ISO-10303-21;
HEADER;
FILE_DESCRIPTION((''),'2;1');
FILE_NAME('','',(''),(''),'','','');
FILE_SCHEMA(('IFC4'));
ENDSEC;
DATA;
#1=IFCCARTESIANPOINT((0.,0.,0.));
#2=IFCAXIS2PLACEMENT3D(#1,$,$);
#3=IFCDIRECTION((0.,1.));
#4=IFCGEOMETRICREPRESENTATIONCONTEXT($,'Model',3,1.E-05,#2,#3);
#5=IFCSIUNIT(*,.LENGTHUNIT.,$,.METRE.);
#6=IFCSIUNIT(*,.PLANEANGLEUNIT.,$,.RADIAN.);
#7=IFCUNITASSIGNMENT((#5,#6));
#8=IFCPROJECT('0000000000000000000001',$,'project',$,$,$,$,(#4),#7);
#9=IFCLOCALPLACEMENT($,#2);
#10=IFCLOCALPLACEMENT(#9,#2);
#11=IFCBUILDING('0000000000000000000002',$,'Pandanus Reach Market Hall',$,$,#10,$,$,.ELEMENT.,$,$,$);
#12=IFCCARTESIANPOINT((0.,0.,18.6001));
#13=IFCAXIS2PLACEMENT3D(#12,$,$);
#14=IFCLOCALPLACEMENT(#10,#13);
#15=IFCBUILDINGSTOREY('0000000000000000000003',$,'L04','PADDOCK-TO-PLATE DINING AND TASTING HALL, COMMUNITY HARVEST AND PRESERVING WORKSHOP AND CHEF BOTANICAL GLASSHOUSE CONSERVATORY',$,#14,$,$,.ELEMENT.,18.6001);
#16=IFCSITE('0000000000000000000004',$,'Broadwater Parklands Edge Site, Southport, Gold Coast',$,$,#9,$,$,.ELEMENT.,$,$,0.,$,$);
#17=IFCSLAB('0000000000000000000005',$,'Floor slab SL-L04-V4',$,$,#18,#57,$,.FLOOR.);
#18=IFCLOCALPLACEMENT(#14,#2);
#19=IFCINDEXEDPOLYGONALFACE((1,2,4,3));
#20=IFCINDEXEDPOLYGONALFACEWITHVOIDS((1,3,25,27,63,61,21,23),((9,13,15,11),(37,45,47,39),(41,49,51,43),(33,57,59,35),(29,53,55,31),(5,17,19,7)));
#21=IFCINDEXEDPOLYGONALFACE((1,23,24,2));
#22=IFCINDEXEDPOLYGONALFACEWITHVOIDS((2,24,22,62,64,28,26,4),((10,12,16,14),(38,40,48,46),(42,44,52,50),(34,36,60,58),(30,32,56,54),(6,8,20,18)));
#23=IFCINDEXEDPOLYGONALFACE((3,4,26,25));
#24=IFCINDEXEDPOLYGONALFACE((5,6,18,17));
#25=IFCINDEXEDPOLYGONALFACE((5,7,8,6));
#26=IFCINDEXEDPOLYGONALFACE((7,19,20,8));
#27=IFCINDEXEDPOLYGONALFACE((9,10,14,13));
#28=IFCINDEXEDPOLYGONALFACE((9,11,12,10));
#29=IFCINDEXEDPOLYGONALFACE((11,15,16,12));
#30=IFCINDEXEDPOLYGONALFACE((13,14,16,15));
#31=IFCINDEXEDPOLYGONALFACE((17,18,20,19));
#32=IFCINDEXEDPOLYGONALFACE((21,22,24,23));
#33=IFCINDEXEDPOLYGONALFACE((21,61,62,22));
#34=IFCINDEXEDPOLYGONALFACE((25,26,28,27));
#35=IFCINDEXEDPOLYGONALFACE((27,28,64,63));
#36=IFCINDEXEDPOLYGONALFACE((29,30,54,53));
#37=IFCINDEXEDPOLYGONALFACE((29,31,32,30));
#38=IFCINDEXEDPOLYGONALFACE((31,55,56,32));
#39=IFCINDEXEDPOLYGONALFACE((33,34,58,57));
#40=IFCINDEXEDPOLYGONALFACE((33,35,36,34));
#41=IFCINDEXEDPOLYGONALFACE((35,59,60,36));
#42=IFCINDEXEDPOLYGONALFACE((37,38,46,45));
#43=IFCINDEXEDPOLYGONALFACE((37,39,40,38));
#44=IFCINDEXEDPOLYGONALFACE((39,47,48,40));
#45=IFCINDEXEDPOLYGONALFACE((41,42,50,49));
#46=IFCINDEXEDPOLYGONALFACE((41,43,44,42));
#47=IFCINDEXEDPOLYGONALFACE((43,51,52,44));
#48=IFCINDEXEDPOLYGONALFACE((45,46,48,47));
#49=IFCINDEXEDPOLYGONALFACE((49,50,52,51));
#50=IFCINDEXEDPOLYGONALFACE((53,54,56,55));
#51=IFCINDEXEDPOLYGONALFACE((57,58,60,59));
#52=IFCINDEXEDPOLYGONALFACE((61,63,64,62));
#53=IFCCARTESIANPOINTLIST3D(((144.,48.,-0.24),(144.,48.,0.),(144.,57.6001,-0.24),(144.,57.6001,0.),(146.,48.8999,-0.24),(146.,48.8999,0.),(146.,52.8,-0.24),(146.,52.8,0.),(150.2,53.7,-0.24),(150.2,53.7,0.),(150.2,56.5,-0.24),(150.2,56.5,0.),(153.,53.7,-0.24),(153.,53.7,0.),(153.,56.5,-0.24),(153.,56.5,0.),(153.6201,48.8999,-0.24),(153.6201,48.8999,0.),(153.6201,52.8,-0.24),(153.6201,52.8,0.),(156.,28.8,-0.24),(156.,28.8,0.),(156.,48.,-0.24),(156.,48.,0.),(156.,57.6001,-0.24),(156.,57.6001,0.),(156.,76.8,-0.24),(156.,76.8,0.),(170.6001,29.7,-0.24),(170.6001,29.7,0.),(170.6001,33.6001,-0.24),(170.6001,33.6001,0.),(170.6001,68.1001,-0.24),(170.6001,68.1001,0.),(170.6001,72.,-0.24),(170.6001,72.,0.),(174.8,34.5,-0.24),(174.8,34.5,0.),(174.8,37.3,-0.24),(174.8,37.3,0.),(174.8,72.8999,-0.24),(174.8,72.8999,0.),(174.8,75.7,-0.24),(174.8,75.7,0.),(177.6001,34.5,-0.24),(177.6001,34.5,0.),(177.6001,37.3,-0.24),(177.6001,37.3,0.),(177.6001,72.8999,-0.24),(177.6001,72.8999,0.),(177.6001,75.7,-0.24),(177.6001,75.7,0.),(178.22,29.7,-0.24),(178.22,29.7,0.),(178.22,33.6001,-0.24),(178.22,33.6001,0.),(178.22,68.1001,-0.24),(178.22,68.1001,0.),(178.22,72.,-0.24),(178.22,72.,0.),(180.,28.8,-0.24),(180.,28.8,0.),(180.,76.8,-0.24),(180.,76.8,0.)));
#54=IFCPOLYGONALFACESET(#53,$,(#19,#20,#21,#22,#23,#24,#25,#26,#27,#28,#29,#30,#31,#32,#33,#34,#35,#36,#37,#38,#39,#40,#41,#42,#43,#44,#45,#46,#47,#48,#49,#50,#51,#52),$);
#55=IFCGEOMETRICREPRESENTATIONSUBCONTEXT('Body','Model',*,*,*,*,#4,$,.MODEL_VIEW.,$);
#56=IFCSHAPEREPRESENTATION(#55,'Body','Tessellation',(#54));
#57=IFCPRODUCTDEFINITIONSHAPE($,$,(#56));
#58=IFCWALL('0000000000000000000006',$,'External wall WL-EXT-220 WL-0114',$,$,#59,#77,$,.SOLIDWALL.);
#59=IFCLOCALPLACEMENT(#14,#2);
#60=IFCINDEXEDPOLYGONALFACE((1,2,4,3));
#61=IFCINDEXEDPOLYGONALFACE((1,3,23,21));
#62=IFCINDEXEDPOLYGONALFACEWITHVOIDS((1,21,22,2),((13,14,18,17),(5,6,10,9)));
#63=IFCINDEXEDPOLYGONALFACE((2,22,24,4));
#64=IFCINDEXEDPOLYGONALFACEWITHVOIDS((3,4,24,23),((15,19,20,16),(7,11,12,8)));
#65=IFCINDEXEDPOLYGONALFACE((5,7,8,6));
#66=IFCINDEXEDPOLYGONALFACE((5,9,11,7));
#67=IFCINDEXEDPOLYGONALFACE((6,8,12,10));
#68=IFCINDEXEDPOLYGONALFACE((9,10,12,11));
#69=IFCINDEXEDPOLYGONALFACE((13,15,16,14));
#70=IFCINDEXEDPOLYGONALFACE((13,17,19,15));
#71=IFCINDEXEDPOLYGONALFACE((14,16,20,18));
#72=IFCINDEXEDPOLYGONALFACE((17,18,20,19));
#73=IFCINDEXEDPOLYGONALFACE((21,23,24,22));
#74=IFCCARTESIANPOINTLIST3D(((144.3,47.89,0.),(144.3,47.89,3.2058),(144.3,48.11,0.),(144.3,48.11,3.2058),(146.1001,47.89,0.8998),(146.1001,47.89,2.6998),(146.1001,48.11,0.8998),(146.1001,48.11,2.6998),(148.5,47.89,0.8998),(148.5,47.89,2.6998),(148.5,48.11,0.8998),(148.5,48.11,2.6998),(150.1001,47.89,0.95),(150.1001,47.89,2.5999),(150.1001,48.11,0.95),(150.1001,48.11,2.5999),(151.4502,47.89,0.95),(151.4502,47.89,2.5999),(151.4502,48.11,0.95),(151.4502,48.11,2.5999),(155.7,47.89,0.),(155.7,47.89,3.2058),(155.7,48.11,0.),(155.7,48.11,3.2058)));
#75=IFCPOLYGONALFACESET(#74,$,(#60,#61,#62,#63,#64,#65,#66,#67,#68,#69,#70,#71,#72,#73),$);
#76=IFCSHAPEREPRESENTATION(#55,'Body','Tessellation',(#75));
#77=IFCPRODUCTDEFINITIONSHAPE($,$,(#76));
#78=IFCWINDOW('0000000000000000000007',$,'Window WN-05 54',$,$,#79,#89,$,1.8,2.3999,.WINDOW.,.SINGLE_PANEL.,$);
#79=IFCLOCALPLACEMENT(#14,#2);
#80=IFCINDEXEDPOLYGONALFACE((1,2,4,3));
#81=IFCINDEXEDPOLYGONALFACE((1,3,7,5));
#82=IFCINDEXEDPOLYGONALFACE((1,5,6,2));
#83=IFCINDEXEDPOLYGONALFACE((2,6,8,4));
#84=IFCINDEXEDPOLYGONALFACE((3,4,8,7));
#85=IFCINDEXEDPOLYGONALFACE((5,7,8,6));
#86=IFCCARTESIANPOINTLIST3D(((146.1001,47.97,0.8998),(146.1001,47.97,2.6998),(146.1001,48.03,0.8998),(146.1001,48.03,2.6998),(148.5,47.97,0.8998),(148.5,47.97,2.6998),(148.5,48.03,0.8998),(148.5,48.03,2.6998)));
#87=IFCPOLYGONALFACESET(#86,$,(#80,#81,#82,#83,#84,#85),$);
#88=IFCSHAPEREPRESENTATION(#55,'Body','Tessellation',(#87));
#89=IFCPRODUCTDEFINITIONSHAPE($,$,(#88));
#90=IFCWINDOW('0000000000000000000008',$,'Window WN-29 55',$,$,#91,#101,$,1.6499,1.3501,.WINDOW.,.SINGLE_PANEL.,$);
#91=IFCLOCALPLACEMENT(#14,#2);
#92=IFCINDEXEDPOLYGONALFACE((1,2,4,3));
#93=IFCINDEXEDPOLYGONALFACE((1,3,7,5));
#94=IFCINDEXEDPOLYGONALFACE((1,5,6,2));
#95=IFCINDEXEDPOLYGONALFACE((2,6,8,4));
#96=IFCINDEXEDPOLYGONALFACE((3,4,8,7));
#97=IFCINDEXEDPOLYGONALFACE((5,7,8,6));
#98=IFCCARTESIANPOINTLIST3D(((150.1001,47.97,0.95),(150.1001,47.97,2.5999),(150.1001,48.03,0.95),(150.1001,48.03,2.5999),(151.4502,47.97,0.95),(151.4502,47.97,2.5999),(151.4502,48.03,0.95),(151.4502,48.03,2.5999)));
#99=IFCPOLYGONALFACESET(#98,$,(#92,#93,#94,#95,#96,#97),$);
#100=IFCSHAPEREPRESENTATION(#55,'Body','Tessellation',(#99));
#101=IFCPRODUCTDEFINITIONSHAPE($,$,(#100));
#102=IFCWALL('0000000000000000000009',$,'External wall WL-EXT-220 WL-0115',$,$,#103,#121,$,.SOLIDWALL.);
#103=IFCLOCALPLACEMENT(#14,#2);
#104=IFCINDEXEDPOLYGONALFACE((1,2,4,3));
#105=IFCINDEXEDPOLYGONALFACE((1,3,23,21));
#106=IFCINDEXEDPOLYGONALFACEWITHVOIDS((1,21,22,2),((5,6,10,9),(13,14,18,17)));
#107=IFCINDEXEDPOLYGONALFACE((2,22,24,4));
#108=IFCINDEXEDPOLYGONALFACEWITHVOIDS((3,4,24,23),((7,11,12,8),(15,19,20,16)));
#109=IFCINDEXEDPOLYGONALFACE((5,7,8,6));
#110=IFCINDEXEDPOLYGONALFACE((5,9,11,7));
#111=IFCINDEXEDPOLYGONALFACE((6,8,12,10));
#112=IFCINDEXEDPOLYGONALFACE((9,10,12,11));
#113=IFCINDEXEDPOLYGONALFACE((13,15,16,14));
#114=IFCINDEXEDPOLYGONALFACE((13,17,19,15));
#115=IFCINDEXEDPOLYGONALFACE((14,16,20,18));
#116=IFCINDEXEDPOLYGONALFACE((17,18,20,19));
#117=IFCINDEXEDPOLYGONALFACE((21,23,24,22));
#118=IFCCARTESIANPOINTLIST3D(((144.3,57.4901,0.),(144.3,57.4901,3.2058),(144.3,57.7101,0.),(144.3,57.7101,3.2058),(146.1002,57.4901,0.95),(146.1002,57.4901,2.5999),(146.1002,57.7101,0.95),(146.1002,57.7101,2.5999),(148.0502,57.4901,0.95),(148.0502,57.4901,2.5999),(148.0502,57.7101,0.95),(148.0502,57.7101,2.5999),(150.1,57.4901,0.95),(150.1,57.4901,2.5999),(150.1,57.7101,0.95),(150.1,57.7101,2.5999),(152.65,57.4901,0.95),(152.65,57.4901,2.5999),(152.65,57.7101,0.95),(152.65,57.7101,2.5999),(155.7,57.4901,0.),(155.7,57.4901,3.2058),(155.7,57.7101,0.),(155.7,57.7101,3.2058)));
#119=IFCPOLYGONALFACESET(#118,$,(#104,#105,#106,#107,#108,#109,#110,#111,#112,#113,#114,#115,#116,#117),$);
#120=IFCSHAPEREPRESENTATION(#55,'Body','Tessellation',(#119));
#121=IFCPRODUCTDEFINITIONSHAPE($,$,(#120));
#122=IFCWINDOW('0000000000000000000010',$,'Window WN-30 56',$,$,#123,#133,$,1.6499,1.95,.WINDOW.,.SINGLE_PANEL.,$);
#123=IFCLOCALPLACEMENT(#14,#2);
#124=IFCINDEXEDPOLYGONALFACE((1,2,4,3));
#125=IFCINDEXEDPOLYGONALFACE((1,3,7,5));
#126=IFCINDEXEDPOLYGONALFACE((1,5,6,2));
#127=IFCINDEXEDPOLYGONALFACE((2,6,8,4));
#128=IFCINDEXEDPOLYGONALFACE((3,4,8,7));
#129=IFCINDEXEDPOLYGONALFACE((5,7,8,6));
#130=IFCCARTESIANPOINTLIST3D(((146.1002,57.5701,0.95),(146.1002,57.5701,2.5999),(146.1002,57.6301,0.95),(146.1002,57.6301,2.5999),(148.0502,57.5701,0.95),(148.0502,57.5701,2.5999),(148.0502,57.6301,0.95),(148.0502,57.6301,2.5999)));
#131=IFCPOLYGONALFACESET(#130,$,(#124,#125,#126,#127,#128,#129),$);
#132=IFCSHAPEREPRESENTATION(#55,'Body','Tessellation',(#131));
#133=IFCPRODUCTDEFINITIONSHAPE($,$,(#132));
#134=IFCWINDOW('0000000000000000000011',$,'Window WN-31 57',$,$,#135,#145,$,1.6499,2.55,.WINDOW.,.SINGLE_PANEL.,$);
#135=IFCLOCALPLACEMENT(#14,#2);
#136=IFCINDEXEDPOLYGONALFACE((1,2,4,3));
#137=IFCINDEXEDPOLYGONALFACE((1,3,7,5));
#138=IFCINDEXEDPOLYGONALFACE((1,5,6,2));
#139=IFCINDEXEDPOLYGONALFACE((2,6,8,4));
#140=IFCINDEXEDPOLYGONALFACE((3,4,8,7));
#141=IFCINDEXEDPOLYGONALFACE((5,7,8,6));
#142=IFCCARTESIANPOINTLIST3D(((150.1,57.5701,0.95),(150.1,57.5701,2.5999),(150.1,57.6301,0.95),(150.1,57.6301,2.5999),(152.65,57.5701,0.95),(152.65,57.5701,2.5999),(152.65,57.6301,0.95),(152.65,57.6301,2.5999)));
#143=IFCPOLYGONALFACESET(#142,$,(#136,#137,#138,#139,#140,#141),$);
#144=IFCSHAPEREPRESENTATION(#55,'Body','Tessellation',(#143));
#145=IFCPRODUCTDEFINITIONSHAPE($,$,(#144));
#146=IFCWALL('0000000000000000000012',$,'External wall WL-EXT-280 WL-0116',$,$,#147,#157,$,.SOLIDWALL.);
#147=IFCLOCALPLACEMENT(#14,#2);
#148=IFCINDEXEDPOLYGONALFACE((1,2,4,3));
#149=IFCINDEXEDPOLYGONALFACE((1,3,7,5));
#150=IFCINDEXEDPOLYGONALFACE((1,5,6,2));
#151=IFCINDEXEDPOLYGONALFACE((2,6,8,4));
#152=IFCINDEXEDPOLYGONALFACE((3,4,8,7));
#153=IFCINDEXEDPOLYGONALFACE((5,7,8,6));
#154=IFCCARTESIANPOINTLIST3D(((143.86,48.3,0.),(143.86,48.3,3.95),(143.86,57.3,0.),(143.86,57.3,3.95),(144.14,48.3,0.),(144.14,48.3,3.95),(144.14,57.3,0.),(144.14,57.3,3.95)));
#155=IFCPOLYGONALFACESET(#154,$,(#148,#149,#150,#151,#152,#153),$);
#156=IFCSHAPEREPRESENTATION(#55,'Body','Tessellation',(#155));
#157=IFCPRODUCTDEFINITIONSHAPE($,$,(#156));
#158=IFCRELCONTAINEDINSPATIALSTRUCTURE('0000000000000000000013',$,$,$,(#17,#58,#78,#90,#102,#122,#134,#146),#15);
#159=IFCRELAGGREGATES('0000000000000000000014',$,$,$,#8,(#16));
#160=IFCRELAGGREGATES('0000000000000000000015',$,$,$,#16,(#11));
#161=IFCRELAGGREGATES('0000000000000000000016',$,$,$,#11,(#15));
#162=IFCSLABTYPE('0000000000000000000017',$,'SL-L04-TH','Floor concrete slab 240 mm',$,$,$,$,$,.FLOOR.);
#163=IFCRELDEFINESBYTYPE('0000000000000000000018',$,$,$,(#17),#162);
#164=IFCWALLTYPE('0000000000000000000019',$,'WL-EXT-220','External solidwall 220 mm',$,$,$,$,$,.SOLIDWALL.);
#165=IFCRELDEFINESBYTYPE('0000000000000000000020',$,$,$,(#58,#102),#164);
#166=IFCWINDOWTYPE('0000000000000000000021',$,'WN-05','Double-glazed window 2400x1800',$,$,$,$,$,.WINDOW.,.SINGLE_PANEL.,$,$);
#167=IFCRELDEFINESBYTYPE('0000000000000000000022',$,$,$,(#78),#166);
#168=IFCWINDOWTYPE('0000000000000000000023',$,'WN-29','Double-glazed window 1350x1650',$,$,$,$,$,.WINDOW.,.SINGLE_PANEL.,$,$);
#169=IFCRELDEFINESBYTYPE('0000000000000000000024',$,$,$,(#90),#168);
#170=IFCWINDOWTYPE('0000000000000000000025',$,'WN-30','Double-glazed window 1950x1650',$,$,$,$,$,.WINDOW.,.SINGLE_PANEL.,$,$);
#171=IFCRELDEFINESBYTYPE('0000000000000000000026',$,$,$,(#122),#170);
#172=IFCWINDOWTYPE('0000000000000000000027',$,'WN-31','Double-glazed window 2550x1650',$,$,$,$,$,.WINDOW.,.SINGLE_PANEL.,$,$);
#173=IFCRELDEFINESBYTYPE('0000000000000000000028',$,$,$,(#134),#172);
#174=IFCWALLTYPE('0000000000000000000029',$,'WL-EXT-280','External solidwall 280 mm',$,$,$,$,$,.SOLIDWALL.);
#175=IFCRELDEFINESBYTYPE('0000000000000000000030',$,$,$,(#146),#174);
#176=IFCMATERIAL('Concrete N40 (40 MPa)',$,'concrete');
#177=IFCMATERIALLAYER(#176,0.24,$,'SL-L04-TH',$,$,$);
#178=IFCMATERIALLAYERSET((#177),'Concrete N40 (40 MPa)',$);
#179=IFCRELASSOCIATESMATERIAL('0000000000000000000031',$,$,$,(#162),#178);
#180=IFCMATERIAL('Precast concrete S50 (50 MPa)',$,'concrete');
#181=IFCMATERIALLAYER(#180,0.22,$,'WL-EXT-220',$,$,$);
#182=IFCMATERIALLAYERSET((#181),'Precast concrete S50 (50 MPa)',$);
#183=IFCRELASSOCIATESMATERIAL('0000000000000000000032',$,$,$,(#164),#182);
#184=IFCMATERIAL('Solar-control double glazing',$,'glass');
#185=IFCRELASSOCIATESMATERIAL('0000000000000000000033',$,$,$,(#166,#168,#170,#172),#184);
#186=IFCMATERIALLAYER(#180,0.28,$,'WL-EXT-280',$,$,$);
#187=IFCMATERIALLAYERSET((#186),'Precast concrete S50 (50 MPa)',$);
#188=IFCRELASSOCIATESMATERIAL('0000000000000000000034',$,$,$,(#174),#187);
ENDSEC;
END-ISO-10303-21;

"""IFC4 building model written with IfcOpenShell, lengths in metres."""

from ifc_helpers import new_model, si_unit, direction, frame, frame_2d, origin, place, context, subcontext, project, spatial, polyline, rectangle, outline, extrude, material, layer, layer_set, type_object, element, fill, save


model = new_model("IFC4")

# Units and contexts
model_context = context("Model", 3, precision=1e-05, world=origin(), true_north=direction((0.0, 1.0)))
body_context = subcontext(model_context, "Body", "Model", "MODEL_VIEW")
ifc_project = project(units=[si_unit("LENGTHUNIT", "METRE"), si_unit("PLANEANGLEUNIT", "RADIAN")], contexts=[model_context])

# Site, building, storey
site_placement = place(None, origin())
site = spatial("IfcSite", under=ifc_project, at=site_placement, Name="Broadwater Parklands Edge Site, Southport, Gold Coast", CompositionType="ELEMENT", RefElevation=0.0)
building_placement = place(site_placement, origin())
building = spatial("IfcBuilding", under=site, at=building_placement, Name="Pandanus Reach Market Hall", CompositionType="ELEMENT")
storey_placement = place(building_placement, frame((0.0, 0.0, 18.6001)))
storey = spatial("IfcBuildingStorey", under=building, at=storey_placement, Name="L04", Description="PADDOCK-TO-PLATE DINING AND TASTING HALL, COMMUNITY HARVEST AND PRESERVING WORKSHOP AND CHEF BOTANICAL GLASSHOUSE CONSERVATORY", CompositionType="ELEMENT", Elevation=18.6001)

# Shared definitions
ifc_material_1 = material(Name="Concrete N40 (40 MPa)", Category="concrete")

# Slab
ifc_layer_1 = layer(ifc_material_1, 0.24, Name="SL-L04-TH")
ifc_layer_set_1 = layer_set([ifc_layer_1], Name="Concrete N40 (40 MPa)")
slab_type_1 = type_object("IfcSlabType", Name="SL-L04-TH", Description="Floor concrete slab 240 mm", PredefinedType="FLOOR", material=ifc_layer_set_1)
slab_1_placement = place(storey_placement, frame((0.0, 0.0, -0.24)))
element("IfcSlab", 1, at=slab_1_placement, inside=storey, type_object=slab_type_1, Name="Floor slab SL-L04-V4", PredefinedType="FLOOR", context=body_context, shape_type="SweptSolid", body=[
    extrude(outline(polyline([(156.0, 28.8), (180.0, 28.8), (180.0, 76.8), (156.0, 76.8), (156.0, 57.6001), (144.0, 57.6001), (144.0, 48.0), (156.0, 48.0), (156.0, 28.8)]), holes=[polyline([(170.6001, 29.7), (178.22, 29.7), (178.22, 33.6001), (170.6001, 33.6001), (170.6001, 29.7)]), polyline([(174.8, 34.5), (177.6001, 34.5), (177.6001, 37.3), (174.8, 37.3), (174.8, 34.5)]), polyline([(170.6001, 68.1001), (178.22, 68.1001), (178.22, 72.0), (170.6001, 72.0), (170.6001, 68.1001)]), polyline([(174.8, 72.8999), (177.6001, 72.8999), (177.6001, 75.7), (174.8, 75.7), (174.8, 72.8999)]), polyline([(146.0, 48.8999), (153.6201, 48.8999), (153.6201, 52.8), (146.0, 52.8), (146.0, 48.8999)]), polyline([(150.2, 53.7), (153.0, 53.7), (153.0, 56.5), (150.2, 56.5), (150.2, 53.7)])]), origin(), (0.0, 0.0, 1.0), 0.24),
])

# Walls, openings, windows
ifc_material_2 = material(Name="Precast concrete S50 (50 MPa)", Category="concrete")
ifc_layer_2 = layer(ifc_material_2, 0.22, Name="WL-EXT-220")
ifc_layer_set_2 = layer_set([ifc_layer_2], Name="Precast concrete S50 (50 MPa)")
wall_type_1 = type_object("IfcWallType", Name="WL-EXT-220", Description="External solidwall 220 mm", PredefinedType="SOLIDWALL", material=ifc_layer_set_2)
wall_1_placement = place(storey_placement, frame((144.3, 48.0, 0.0), z_axis=(0.0, 0.0, 1.0), x_axis=(1.0, 0.0, 0.0)))
wall_1 = element("IfcWall", 2, at=wall_1_placement, inside=storey, type_object=wall_type_1, Name="External wall WL-EXT-220 WL-0114", PredefinedType="SOLIDWALL", context=body_context, shape_type="SweptSolid", body=[
    extrude(rectangle(XDim=11.3999, YDim=0.22, at=frame_2d((5.7, 0.0))), origin(), (0.0, 0.0, 1.0), 3.2058),
])
opening_1_placement = place(wall_1_placement, frame((1.8, 0.0, 0.8999)))
opening_1 = element("IfcOpeningElement", 3, at=opening_1_placement, cuts=wall_1, PredefinedType="OPENING", context=body_context, shape_type="SweptSolid", body=[
    extrude(rectangle(XDim=2.3999, YDim=1.8, at=frame_2d((1.2, 0.8999))), frame((0.0, 0.125, 0.0), z_axis=(0.0, -1.0, 0.0), x_axis=(1.0, 0.0, 0.0)), (0.0, 0.0, 1.0), 0.25),
])
opening_2_placement = place(wall_1_placement, frame((5.8, 0.0, 0.95)))
opening_2 = element("IfcOpeningElement", 4, at=opening_2_placement, cuts=wall_1, PredefinedType="OPENING", context=body_context, shape_type="SweptSolid", body=[
    extrude(rectangle(XDim=1.3501, YDim=1.6499, at=frame_2d((0.675, 0.825))), frame((0.0, 0.125, 0.0), z_axis=(0.0, -1.0, 0.0), x_axis=(1.0, 0.0, 0.0)), (0.0, 0.0, 1.0), 0.25),
])
ifc_material_3 = material(Name="Solar-control double glazing", Category="glass")
window_type_1 = type_object("IfcWindowType", Name="WN-05", Description="Double-glazed window 2400x1800", PartitioningType="SINGLE_PANEL", PredefinedType="WINDOW", material=ifc_material_3)
window_1_placement = place(opening_1_placement, origin())
window_1 = element("IfcWindow", 5, at=window_1_placement, inside=storey, type_object=window_type_1, Name="Window WN-05 54", OverallHeight=1.8, OverallWidth=2.3999, PartitioningType="SINGLE_PANEL", PredefinedType="WINDOW", context=body_context, shape_type="SweptSolid", body=[
    extrude(rectangle(XDim=2.3999, YDim=1.8, at=frame_2d((1.2, 0.8999))), frame((0.0, 0.03, 0.0), z_axis=(0.0, -1.0, 0.0), x_axis=(1.0, 0.0, 0.0)), (0.0, 0.0, 1.0), 0.0601),
])
fill(opening_1, window_1)
window_type_2 = type_object("IfcWindowType", Name="WN-29", Description="Double-glazed window 1350x1650", PartitioningType="SINGLE_PANEL", PredefinedType="WINDOW", material=ifc_material_3)
window_2_placement = place(opening_2_placement, origin())
window_2 = element("IfcWindow", 6, at=window_2_placement, inside=storey, type_object=window_type_2, Name="Window WN-29 55", OverallHeight=1.6499, OverallWidth=1.3501, PartitioningType="SINGLE_PANEL", PredefinedType="WINDOW", context=body_context, shape_type="SweptSolid", body=[
    extrude(rectangle(XDim=1.3501, YDim=1.6499, at=frame_2d((0.675, 0.825))), frame((0.0, 0.03, 0.0), z_axis=(0.0, -1.0, 0.0), x_axis=(1.0, 0.0, 0.0)), (0.0, 0.0, 1.0), 0.0601),
])
fill(opening_2, window_2)
wall_2_placement = place(storey_placement, frame((144.3, 57.6001, 0.0), z_axis=(0.0, 0.0, 1.0), x_axis=(1.0, 0.0, 0.0)))
wall_2 = element("IfcWall", 7, at=wall_2_placement, inside=storey, type_object=wall_type_1, Name="External wall WL-EXT-220 WL-0115", PredefinedType="SOLIDWALL", context=body_context, shape_type="SweptSolid", body=[
    extrude(rectangle(XDim=11.3999, YDim=0.22, at=frame_2d((5.7, 0.0))), origin(), (0.0, 0.0, 1.0), 3.2058),
])
opening_3_placement = place(wall_2_placement, frame((1.8, 0.0, 0.95)))
opening_3 = element("IfcOpeningElement", 8, at=opening_3_placement, cuts=wall_2, PredefinedType="OPENING", context=body_context, shape_type="SweptSolid", body=[
    extrude(rectangle(XDim=1.95, YDim=1.6499, at=frame_2d((0.9751, 0.825))), frame((0.0, 0.125, 0.0), z_axis=(0.0, -1.0, 0.0), x_axis=(1.0, 0.0, 0.0)), (0.0, 0.0, 1.0), 0.25),
])
opening_4_placement = place(wall_2_placement, frame((5.8, 0.0, 0.95)))
opening_4 = element("IfcOpeningElement", 9, at=opening_4_placement, cuts=wall_2, PredefinedType="OPENING", context=body_context, shape_type="SweptSolid", body=[
    extrude(rectangle(XDim=2.55, YDim=1.6499, at=frame_2d((1.2749, 0.825))), frame((0.0, 0.125, 0.0), z_axis=(0.0, -1.0, 0.0), x_axis=(1.0, 0.0, 0.0)), (0.0, 0.0, 1.0), 0.25),
])
window_type_3 = type_object("IfcWindowType", Name="WN-30", Description="Double-glazed window 1950x1650", PartitioningType="SINGLE_PANEL", PredefinedType="WINDOW", material=ifc_material_3)
window_3_placement = place(opening_3_placement, origin())
window_3 = element("IfcWindow", 10, at=window_3_placement, inside=storey, type_object=window_type_3, Name="Window WN-30 56", OverallHeight=1.6499, OverallWidth=1.95, PartitioningType="SINGLE_PANEL", PredefinedType="WINDOW", context=body_context, shape_type="SweptSolid", body=[
    extrude(rectangle(XDim=1.95, YDim=1.6499, at=frame_2d((0.9751, 0.825))), frame((0.0, 0.03, 0.0), z_axis=(0.0, -1.0, 0.0), x_axis=(1.0, 0.0, 0.0)), (0.0, 0.0, 1.0), 0.0601),
])
fill(opening_3, window_3)
window_type_4 = type_object("IfcWindowType", Name="WN-31", Description="Double-glazed window 2550x1650", PartitioningType="SINGLE_PANEL", PredefinedType="WINDOW", material=ifc_material_3)
window_4_placement = place(opening_4_placement, origin())
window_4 = element("IfcWindow", 11, at=window_4_placement, inside=storey, type_object=window_type_4, Name="Window WN-31 57", OverallHeight=1.6499, OverallWidth=2.55, PartitioningType="SINGLE_PANEL", PredefinedType="WINDOW", context=body_context, shape_type="SweptSolid", body=[
    extrude(rectangle(XDim=2.55, YDim=1.6499, at=frame_2d((1.2749, 0.825))), frame((0.0, 0.03, 0.0), z_axis=(0.0, -1.0, 0.0), x_axis=(1.0, 0.0, 0.0)), (0.0, 0.0, 1.0), 0.0601),
])
fill(opening_4, window_4)

# Wall
ifc_layer_3 = layer(ifc_material_2, 0.28, Name="WL-EXT-280")
ifc_layer_set_3 = layer_set([ifc_layer_3], Name="Precast concrete S50 (50 MPa)")
wall_type_2 = type_object("IfcWallType", Name="WL-EXT-280", Description="External solidwall 280 mm", PredefinedType="SOLIDWALL", material=ifc_layer_set_3)
wall_3_placement = place(storey_placement, frame((144.0, 48.3, 0.0), z_axis=(0.0, 0.0, 1.0), x_axis=(0.0, 1.0, 0.0)))
element("IfcWall", 12, at=wall_3_placement, inside=storey, type_object=wall_type_2, Name="External wall WL-EXT-280 WL-0116", PredefinedType="SOLIDWALL", context=body_context, shape_type="SweptSolid", body=[
    extrude(rectangle(XDim=9.0, YDim=0.28, at=frame_2d((4.5, 0.0))), origin(), (0.0, 0.0, 1.0), 3.95),
])

save(model, "model.ifc")
